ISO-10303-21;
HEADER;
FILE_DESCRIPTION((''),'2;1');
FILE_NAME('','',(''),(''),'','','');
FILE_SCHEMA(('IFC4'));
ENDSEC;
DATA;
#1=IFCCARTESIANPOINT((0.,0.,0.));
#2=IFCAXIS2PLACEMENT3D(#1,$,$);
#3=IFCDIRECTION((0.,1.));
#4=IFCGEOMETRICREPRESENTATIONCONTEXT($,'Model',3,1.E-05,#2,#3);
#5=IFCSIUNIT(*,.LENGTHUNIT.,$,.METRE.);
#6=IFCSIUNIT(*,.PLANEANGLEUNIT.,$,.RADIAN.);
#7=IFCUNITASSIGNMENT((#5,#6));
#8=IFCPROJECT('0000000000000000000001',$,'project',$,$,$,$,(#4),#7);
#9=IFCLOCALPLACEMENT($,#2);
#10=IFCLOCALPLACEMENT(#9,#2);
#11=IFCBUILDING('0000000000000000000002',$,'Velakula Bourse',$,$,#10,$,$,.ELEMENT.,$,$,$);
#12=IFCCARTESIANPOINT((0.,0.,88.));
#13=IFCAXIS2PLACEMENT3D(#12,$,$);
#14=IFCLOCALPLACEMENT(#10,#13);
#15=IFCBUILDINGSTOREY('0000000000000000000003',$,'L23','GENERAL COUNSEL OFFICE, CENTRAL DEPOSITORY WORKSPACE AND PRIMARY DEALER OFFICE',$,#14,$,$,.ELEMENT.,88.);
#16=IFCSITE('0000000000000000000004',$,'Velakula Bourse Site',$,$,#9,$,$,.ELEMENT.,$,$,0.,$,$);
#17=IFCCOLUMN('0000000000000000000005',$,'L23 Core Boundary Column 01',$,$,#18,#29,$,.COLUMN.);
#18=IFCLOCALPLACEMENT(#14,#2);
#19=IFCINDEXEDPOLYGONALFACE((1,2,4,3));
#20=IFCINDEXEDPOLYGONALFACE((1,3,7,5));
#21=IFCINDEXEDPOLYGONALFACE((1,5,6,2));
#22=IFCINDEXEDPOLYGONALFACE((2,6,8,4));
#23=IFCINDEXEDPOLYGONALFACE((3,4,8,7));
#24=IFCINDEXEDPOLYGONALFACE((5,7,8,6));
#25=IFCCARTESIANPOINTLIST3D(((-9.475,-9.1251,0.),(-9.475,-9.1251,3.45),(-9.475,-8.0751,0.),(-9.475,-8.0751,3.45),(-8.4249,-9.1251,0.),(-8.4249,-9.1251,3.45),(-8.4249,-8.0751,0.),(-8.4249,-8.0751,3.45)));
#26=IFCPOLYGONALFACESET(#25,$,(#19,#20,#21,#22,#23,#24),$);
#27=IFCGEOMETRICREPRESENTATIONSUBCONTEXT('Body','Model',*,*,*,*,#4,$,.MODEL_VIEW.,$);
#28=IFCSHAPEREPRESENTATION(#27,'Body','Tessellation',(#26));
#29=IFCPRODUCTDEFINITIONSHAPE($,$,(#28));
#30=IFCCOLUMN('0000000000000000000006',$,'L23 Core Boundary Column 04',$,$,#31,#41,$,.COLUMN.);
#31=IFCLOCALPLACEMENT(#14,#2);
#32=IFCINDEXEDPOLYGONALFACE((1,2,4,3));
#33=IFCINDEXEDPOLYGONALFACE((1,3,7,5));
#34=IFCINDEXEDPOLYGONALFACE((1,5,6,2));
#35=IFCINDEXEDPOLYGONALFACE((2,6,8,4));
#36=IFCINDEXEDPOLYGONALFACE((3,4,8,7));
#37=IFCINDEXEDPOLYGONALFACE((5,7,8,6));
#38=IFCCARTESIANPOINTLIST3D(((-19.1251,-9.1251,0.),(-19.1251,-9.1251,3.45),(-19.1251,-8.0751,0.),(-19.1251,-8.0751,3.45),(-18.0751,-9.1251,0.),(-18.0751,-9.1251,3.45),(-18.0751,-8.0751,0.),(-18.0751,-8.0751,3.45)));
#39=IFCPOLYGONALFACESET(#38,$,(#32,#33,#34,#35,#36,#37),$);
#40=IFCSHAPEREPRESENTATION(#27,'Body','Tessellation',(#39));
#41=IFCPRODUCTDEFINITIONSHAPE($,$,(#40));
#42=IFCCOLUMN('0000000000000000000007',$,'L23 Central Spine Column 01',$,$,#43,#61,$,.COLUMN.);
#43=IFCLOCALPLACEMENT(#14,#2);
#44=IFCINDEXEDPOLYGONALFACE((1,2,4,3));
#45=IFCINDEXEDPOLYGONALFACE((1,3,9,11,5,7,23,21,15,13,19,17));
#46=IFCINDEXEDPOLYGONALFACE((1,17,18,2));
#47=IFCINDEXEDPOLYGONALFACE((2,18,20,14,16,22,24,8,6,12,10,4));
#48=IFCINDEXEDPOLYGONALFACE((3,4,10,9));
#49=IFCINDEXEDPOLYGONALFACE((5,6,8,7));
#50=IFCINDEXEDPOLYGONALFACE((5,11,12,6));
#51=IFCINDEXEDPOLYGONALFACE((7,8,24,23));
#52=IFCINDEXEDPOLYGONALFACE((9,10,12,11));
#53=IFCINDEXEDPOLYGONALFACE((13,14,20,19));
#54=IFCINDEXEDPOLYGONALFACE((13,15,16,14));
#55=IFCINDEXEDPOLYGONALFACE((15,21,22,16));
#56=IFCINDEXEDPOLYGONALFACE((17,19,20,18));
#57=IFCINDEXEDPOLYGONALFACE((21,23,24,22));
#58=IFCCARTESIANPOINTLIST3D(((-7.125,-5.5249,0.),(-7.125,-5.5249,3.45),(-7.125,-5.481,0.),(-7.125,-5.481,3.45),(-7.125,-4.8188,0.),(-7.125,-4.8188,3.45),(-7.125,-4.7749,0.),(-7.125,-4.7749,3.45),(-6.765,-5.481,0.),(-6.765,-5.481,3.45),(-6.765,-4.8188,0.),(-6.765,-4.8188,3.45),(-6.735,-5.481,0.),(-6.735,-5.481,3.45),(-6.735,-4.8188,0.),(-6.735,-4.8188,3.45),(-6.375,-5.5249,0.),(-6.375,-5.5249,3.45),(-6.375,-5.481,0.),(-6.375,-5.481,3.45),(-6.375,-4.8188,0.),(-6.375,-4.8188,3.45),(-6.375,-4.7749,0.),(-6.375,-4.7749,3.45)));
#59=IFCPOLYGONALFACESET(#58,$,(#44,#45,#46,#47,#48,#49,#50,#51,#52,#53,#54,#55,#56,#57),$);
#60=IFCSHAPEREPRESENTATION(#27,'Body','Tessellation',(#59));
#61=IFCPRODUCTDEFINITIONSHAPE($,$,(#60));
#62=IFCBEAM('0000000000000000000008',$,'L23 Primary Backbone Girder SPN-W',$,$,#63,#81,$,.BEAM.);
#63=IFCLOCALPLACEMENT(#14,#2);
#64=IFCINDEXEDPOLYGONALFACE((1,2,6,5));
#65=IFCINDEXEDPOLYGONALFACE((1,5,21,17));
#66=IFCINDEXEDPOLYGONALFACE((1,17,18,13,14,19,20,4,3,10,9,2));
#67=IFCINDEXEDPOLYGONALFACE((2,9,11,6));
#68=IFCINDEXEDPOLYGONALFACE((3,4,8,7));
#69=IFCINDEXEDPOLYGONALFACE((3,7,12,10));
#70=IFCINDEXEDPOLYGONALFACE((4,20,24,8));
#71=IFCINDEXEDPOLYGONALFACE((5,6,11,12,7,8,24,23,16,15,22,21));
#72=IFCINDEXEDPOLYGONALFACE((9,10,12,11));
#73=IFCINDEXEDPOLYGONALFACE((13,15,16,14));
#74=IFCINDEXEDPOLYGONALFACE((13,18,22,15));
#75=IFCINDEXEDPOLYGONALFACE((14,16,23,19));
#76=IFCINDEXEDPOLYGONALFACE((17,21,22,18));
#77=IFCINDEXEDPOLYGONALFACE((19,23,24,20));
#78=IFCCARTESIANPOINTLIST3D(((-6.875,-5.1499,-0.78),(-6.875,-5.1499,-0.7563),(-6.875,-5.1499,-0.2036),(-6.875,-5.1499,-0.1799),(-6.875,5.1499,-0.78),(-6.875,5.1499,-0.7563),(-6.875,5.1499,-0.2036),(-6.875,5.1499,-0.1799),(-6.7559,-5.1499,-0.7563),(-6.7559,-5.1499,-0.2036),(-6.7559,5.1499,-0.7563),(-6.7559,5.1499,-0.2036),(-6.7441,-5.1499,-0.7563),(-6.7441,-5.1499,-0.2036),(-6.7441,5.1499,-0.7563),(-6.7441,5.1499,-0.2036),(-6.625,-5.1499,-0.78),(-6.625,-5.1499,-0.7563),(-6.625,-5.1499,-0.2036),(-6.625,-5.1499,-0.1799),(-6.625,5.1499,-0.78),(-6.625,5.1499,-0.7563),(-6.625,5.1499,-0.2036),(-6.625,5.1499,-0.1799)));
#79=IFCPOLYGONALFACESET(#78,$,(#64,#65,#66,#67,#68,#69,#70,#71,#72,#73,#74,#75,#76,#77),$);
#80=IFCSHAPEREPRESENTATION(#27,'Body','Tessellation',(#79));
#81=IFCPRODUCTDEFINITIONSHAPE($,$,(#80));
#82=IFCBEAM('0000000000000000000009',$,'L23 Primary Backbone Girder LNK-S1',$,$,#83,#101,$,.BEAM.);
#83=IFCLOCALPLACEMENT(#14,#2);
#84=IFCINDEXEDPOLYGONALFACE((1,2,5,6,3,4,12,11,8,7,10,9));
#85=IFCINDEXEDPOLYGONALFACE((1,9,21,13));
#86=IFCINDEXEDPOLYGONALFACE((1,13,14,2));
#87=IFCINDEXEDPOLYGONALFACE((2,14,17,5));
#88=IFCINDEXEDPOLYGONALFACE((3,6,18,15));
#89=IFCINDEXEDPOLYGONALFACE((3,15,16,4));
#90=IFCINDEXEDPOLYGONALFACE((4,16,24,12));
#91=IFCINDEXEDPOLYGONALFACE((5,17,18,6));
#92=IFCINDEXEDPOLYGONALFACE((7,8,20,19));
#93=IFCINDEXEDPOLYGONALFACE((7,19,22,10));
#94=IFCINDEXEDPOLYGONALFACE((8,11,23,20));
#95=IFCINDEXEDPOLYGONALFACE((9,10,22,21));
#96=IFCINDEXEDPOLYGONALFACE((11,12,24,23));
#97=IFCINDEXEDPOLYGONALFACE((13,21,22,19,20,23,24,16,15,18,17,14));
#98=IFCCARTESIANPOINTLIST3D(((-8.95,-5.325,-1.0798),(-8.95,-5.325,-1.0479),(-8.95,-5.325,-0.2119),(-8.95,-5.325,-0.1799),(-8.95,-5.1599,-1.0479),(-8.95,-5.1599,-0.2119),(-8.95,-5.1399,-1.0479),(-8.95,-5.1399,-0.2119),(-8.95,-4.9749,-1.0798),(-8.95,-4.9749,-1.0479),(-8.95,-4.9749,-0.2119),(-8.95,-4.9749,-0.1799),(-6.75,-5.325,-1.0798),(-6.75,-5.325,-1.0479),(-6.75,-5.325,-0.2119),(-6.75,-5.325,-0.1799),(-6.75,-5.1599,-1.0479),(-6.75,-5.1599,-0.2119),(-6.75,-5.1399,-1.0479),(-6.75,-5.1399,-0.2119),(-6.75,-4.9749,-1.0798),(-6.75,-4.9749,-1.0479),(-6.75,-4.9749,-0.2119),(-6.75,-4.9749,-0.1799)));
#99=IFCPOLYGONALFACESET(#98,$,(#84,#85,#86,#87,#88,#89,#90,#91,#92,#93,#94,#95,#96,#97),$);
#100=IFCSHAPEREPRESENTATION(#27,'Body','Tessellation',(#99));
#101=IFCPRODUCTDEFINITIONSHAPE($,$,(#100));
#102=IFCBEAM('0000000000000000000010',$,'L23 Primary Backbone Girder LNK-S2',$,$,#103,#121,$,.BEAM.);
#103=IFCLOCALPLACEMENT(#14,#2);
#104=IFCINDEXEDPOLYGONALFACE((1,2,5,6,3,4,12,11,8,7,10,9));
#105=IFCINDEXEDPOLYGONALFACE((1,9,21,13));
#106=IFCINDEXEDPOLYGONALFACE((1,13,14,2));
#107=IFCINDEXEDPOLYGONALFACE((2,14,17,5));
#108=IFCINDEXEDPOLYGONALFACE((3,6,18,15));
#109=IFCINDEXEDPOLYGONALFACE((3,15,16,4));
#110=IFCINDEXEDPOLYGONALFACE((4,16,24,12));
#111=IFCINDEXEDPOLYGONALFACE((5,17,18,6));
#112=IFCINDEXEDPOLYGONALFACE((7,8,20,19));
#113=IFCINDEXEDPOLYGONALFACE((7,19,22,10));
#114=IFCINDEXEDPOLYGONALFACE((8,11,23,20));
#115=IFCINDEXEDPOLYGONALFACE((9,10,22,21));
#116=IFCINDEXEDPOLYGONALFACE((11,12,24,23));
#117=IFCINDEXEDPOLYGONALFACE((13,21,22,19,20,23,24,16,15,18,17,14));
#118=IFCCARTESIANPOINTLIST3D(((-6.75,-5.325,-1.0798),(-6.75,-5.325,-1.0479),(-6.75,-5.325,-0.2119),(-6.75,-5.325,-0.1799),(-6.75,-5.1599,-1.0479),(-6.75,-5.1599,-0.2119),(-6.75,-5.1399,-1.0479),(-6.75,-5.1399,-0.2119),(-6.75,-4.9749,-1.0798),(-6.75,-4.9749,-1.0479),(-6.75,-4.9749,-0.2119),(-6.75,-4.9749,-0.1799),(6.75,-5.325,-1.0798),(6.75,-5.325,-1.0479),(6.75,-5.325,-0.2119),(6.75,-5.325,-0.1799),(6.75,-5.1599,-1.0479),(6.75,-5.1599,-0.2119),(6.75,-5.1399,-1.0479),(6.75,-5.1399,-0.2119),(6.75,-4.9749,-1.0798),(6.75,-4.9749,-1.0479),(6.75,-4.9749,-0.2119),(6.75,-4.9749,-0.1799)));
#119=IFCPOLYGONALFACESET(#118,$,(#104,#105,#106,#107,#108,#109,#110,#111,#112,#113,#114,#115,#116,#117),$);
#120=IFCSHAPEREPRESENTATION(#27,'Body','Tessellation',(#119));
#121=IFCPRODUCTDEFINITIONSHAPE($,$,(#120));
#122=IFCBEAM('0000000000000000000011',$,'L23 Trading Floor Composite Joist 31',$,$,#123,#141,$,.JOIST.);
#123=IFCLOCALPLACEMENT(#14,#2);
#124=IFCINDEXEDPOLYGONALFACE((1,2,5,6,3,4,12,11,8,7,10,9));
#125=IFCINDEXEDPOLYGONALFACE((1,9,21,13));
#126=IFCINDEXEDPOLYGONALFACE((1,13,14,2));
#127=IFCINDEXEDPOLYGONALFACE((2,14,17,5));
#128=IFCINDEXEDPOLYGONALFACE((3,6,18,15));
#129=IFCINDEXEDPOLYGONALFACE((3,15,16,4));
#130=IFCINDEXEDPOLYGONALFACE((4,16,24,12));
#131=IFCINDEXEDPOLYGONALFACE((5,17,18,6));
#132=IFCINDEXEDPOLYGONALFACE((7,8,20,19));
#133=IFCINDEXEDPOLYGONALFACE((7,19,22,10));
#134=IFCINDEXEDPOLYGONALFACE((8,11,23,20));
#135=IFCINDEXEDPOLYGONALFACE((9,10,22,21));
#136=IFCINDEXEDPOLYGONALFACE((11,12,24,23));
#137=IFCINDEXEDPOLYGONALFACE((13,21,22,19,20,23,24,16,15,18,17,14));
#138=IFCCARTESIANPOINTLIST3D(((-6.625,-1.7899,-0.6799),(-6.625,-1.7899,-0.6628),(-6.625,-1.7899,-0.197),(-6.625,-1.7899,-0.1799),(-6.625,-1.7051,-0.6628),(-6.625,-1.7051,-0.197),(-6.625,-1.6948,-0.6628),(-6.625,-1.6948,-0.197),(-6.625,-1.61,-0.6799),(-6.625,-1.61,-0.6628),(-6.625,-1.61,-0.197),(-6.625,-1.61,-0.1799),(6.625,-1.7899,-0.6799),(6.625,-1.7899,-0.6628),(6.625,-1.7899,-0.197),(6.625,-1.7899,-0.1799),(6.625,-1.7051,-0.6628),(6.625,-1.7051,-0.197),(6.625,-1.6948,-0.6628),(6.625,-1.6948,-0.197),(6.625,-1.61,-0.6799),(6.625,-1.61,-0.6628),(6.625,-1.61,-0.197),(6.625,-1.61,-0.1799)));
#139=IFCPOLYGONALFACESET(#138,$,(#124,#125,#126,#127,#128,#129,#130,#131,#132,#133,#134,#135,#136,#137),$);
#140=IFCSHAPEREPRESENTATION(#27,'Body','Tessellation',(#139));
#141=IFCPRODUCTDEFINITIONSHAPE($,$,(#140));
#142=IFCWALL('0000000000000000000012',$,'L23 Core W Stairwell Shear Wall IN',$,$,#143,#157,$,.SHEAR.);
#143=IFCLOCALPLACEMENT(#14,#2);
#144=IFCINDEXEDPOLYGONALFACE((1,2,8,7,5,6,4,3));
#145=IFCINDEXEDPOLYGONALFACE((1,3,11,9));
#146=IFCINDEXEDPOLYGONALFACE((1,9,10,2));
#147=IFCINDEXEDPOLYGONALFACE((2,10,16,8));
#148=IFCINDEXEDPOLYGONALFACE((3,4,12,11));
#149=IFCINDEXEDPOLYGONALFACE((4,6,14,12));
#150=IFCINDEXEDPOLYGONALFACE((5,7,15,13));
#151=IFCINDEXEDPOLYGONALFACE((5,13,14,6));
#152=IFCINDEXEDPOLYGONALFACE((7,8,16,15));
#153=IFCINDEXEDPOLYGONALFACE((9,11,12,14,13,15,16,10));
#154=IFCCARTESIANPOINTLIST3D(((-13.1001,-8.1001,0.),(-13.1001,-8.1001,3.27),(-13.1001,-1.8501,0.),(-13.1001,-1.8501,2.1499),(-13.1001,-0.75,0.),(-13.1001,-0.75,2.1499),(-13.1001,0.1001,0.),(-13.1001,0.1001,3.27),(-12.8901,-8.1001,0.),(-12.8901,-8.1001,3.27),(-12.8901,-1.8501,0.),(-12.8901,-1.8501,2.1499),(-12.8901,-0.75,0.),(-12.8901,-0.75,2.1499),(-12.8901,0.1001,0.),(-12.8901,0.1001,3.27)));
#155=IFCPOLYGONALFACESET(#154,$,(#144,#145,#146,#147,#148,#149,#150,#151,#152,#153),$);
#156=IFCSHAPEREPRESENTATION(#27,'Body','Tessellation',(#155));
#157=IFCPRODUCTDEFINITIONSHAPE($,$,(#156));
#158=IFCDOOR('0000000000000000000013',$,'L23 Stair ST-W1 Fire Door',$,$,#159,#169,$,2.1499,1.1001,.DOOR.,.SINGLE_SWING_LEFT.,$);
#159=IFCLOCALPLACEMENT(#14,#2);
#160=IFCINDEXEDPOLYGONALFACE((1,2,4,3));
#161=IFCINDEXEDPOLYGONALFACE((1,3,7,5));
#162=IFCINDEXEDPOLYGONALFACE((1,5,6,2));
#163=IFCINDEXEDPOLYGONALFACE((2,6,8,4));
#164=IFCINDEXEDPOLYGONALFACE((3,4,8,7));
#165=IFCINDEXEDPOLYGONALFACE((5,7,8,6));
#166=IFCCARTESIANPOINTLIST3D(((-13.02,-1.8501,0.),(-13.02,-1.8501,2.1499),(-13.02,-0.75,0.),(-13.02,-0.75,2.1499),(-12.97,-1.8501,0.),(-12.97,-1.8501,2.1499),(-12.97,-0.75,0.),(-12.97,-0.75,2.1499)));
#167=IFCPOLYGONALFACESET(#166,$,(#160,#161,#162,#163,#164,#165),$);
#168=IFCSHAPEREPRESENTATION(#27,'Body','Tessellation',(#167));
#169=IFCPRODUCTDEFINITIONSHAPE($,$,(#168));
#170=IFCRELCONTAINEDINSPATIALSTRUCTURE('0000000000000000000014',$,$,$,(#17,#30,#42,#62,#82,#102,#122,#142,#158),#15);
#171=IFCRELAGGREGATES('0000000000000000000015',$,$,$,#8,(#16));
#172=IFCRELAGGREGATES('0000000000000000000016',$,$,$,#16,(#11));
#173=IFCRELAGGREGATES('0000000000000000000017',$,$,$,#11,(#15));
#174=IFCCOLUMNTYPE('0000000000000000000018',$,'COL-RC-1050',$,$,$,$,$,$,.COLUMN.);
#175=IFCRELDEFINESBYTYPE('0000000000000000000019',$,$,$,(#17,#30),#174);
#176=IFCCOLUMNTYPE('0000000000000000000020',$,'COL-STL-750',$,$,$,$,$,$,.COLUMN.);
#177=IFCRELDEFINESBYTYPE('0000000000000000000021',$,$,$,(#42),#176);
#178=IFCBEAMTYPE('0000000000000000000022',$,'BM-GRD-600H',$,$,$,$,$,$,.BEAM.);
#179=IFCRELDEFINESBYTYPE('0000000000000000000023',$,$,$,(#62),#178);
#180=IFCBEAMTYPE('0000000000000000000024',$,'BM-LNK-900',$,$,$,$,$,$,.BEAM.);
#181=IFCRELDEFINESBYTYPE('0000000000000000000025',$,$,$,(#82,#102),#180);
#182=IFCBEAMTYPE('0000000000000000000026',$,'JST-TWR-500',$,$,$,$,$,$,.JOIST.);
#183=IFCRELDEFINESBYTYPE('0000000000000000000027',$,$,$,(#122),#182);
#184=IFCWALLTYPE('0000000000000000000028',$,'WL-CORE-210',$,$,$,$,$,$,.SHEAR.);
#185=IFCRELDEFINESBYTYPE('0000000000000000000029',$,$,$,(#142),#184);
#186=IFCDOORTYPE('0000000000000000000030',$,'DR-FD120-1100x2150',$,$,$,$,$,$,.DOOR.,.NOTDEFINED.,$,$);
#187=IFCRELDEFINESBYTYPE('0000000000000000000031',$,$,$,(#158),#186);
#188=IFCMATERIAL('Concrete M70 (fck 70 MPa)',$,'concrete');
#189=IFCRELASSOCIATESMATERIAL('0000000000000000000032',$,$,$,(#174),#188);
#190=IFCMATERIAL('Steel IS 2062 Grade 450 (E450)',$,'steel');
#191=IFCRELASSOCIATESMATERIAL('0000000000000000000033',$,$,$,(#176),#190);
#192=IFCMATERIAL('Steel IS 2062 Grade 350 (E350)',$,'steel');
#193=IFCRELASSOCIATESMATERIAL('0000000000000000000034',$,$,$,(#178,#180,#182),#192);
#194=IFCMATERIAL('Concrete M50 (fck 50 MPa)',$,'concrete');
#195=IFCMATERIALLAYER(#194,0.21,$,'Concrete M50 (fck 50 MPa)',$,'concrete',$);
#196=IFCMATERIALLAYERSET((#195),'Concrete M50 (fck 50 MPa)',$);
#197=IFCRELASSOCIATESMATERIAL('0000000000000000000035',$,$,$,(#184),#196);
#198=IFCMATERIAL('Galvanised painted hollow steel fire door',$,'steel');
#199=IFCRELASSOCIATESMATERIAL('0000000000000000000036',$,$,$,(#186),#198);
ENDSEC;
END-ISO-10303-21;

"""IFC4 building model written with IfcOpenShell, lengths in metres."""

from ifc_helpers import new_model, si_unit, direction, frame, frame_2d, origin, origin_2d, place, context, subcontext, project, spatial, rectangle, i_section, extrude, material, layer, layer_set, material_profile, profile_set, type_object, element, fill, save


model = new_model("IFC4")

# Units and contexts
model_context = context("Model", 3, precision=1e-05, world=origin(), true_north=direction((0.0, 1.0)))
body_context = subcontext(model_context, "Body", "Model", "MODEL_VIEW")
ifc_project = project(units=[si_unit("LENGTHUNIT", "METRE"), si_unit("PLANEANGLEUNIT", "RADIAN")], contexts=[model_context])

# Site, building, storey
site_placement = place(None, origin())
site = spatial("IfcSite", under=ifc_project, at=site_placement, Name="Velakula Bourse Site", CompositionType="ELEMENT", RefElevation=0.0)
building_placement = place(site_placement, origin())
building = spatial("IfcBuilding", under=site, at=building_placement, Name="Velakula Bourse", CompositionType="ELEMENT")
storey_placement = place(building_placement, frame((0.0, 0.0, 88.0)))
storey = spatial("IfcBuildingStorey", under=building, at=storey_placement, Name="L23", Description="GENERAL COUNSEL OFFICE, CENTRAL DEPOSITORY WORKSPACE AND PRIMARY DEALER OFFICE", CompositionType="ELEMENT", Elevation=88.0)

# Columns
ifc_material_1 = material(Name="Concrete M70 (fck 70 MPa)", Category="concrete")
ifc_material_profile_1 = material_profile(ifc_material_1, rectangle(XDim=1.05, YDim=1.05, at=origin_2d()), Name="Concrete M70 (fck 70 MPa)")
ifc_profile_set_1 = profile_set([ifc_material_profile_1], Name="Concrete M70 (fck 70 MPa)")
column_type_1 = type_object("IfcColumnType", Name="COL-RC-1050", PredefinedType="COLUMN", material=ifc_profile_set_1)
for number, where, z_axis, x_axis, name in (
    (1, (-8.95, -8.6001, 0.0), (0.0, 0.0, 1.0), (1.0, 0.0, 0.0), "L23 Core Boundary Column 01"),
    (2, (-18.6001, -8.6001, 0.0), (0.0, 0.0, 1.0), (1.0, 0.0, 0.0), "L23 Core Boundary Column 04"),
):
    element("IfcColumn", number, at=place(storey_placement, frame(where, z_axis=z_axis, x_axis=x_axis)), inside=storey, type_object=column_type_1, Name=name, PredefinedType="COLUMN", context=body_context, shape_type="SweptSolid", body=[
        extrude(rectangle(XDim=1.05, YDim=1.05, at=origin_2d()), origin(), (0.0, 0.0, 1.0), 3.45),
    ])
ifc_material_2 = material(Name="Steel IS 2062 Grade 450 (E450)", Category="steel")
ifc_material_profile_2 = material_profile(ifc_material_2, i_section(OverallWidth=0.75, OverallDepth=0.75, WebThickness=0.03, FlangeThickness=0.0439, at=origin_2d()), Name="Steel IS 2062 Grade 450 (E450)")
ifc_profile_set_2 = profile_set([ifc_material_profile_2], Name="Steel IS 2062 Grade 450 (E450)")
column_type_2 = type_object("IfcColumnType", Name="COL-STL-750", PredefinedType="COLUMN", material=ifc_profile_set_2)
column_placement = place(storey_placement, frame((-6.75, -5.1499, 0.0), z_axis=(0.0, 0.0, 1.0), x_axis=(1.0, 0.0, 0.0)))
element("IfcColumn", 3, at=column_placement, inside=storey, type_object=column_type_2, Name="L23 Central Spine Column 01", PredefinedType="COLUMN", context=body_context, shape_type="SweptSolid", body=[
    extrude(i_section(OverallWidth=0.75, OverallDepth=0.75, WebThickness=0.03, FlangeThickness=0.0439, at=origin_2d()), origin(), (0.0, 0.0, 1.0), 3.45),
])

# Beams
ifc_material_3 = material(Name="Steel IS 2062 Grade 350 (E350)", Category="steel")
ifc_material_profile_3 = material_profile(ifc_material_3, i_section(OverallWidth=0.25, OverallDepth=0.6001, WebThickness=0.0117, FlangeThickness=0.0237, at=origin_2d()), Name="Steel IS 2062 Grade 350 (E350)")
ifc_profile_set_3 = profile_set([ifc_material_profile_3], Name="Steel IS 2062 Grade 350 (E350)")
beam_type_1 = type_object("IfcBeamType", Name="BM-GRD-600H", PredefinedType="BEAM", material=ifc_profile_set_3)
beam_1_placement = place(storey_placement, frame((-6.75, -5.1499, -0.48), z_axis=(0.0, 1.0, 0.0), x_axis=(-1.0, 0.0, 0.0)))
element("IfcBeam", 4, at=beam_1_placement, inside=storey, type_object=beam_type_1, Name="L23 Primary Backbone Girder SPN-W", PredefinedType="BEAM", context=body_context, shape_type="SweptSolid", body=[
    extrude(i_section(OverallWidth=0.25, OverallDepth=0.6001, WebThickness=0.0117, FlangeThickness=0.0237, at=origin_2d()), origin(), (0.0, 0.0, 1.0), 10.2998),
])
ifc_material_profile_4 = material_profile(ifc_material_3, i_section(OverallWidth=0.3501, OverallDepth=0.8999, WebThickness=0.02, FlangeThickness=0.032, at=origin_2d()), Name="Steel IS 2062 Grade 350 (E350)")
ifc_profile_set_4 = profile_set([ifc_material_profile_4], Name="Steel IS 2062 Grade 350 (E350)")
beam_type_2 = type_object("IfcBeamType", Name="BM-LNK-900", PredefinedType="BEAM", material=ifc_profile_set_4)
beam_2_placement = place(storey_placement, frame((-8.95, -5.1499, -0.6299), z_axis=(1.0, 0.0, 0.0), x_axis=(0.0, 1.0, 0.0)))
element("IfcBeam", 5, at=beam_2_placement, inside=storey, type_object=beam_type_2, Name="L23 Primary Backbone Girder LNK-S1", PredefinedType="BEAM", context=body_context, shape_type="SweptSolid", body=[
    extrude(i_section(OverallWidth=0.3501, OverallDepth=0.8999, WebThickness=0.02, FlangeThickness=0.032, at=origin_2d()), origin(), (0.0, 0.0, 1.0), 2.2),
])
beam_3_placement = place(storey_placement, frame((-6.75, -5.1499, -0.6299), z_axis=(1.0, 0.0, 0.0), x_axis=(0.0, 1.0, 0.0)))
element("IfcBeam", 6, at=beam_3_placement, inside=storey, type_object=beam_type_2, Name="L23 Primary Backbone Girder LNK-S2", PredefinedType="BEAM", context=body_context, shape_type="SweptSolid", body=[
    extrude(i_section(OverallWidth=0.3501, OverallDepth=0.8999, WebThickness=0.02, FlangeThickness=0.032, at=origin_2d()), origin(), (0.0, 0.0, 1.0), 13.5),
])
ifc_material_profile_5 = material_profile(ifc_material_3, i_section(OverallWidth=0.1799, OverallDepth=0.5, WebThickness=0.0103, FlangeThickness=0.0171, at=origin_2d()), Name="Steel IS 2062 Grade 350 (E350)")
ifc_profile_set_5 = profile_set([ifc_material_profile_5], Name="Steel IS 2062 Grade 350 (E350)")
beam_type_3 = type_object("IfcBeamType", Name="JST-TWR-500", PredefinedType="JOIST", material=ifc_profile_set_5)
beam_4_placement = place(storey_placement, frame((-6.625, -1.7, -0.4299), z_axis=(1.0, 0.0, 0.0), x_axis=(0.0, 1.0, 0.0)))
element("IfcBeam", 7, at=beam_4_placement, inside=storey, type_object=beam_type_3, Name="L23 Trading Floor Composite Joist 31", PredefinedType="JOIST", context=body_context, shape_type="SweptSolid", body=[
    extrude(i_section(OverallWidth=0.1799, OverallDepth=0.5, WebThickness=0.0103, FlangeThickness=0.0171, at=origin_2d()), origin(), (0.0, 0.0, 1.0), 13.25),
])

# Wall, opening, door
ifc_material_4 = material(Name="Concrete M50 (fck 50 MPa)", Category="concrete")
ifc_layer_1 = layer(ifc_material_4, 0.21, Name="Concrete M50 (fck 50 MPa)", Category="concrete")
ifc_layer_set_1 = layer_set([ifc_layer_1], Name="Concrete M50 (fck 50 MPa)")
wall_type_1 = type_object("IfcWallType", Name="WL-CORE-210", PredefinedType="SHEAR", material=ifc_layer_set_1)
wall_1_placement = place(storey_placement, frame((-12.9951, -8.1001, 0.0), z_axis=(0.0, 0.0, 1.0), x_axis=(0.0, 1.0, 0.0)))
wall_1 = element("IfcWall", 8, at=wall_1_placement, inside=storey, type_object=wall_type_1, Name="L23 Core W Stairwell Shear Wall IN", PredefinedType="SHEAR", context=body_context, shape_type="SweptSolid", body=[
    extrude(rectangle(XDim=8.2002, YDim=0.21, at=frame_2d((4.1001, 0.0))), origin(), (0.0, 0.0, 1.0), 3.27),
])
opening_1_placement = place(wall_1_placement, frame((6.25, 0.0, 0.0)))
opening_1 = element("IfcOpeningElement", 9, at=opening_1_placement, cuts=wall_1, PredefinedType="OPENING", context=body_context, shape_type="SweptSolid", body=[
    extrude(rectangle(XDim=1.1001, YDim=2.1499, at=frame_2d((0.55, 1.075))), frame((0.0, 0.115, 0.0), z_axis=(0.0, -1.0, 0.0), x_axis=(1.0, 0.0, 0.0)), (0.0, 0.0, 1.0), 0.23),
])
ifc_material_5 = material(Name="Galvanised painted hollow steel fire door", Category="steel")
door_type_1 = type_object("IfcDoorType", Name="DR-FD120-1100x2150", OperationType="NOTDEFINED", PredefinedType="DOOR", material=ifc_material_5)
door_1_placement = place(opening_1_placement, origin())
door_1 = element("IfcDoor", 10, at=door_1_placement, inside=storey, type_object=door_type_1, Name="L23 Stair ST-W1 Fire Door", OperationType="SINGLE_SWING_LEFT", OverallHeight=2.1499, OverallWidth=1.1001, PredefinedType="DOOR", context=body_context, shape_type="SweptSolid", body=[
    extrude(rectangle(XDim=1.1001, YDim=2.1499, at=frame_2d((0.55, 1.075))), frame((0.0, 0.0249, 0.0), z_axis=(0.0, -1.0, 0.0), x_axis=(1.0, 0.0, 0.0)), (0.0, 0.0, 1.0), 0.05),
])
fill(opening_1, door_1)

save(model, "model.ifc")
